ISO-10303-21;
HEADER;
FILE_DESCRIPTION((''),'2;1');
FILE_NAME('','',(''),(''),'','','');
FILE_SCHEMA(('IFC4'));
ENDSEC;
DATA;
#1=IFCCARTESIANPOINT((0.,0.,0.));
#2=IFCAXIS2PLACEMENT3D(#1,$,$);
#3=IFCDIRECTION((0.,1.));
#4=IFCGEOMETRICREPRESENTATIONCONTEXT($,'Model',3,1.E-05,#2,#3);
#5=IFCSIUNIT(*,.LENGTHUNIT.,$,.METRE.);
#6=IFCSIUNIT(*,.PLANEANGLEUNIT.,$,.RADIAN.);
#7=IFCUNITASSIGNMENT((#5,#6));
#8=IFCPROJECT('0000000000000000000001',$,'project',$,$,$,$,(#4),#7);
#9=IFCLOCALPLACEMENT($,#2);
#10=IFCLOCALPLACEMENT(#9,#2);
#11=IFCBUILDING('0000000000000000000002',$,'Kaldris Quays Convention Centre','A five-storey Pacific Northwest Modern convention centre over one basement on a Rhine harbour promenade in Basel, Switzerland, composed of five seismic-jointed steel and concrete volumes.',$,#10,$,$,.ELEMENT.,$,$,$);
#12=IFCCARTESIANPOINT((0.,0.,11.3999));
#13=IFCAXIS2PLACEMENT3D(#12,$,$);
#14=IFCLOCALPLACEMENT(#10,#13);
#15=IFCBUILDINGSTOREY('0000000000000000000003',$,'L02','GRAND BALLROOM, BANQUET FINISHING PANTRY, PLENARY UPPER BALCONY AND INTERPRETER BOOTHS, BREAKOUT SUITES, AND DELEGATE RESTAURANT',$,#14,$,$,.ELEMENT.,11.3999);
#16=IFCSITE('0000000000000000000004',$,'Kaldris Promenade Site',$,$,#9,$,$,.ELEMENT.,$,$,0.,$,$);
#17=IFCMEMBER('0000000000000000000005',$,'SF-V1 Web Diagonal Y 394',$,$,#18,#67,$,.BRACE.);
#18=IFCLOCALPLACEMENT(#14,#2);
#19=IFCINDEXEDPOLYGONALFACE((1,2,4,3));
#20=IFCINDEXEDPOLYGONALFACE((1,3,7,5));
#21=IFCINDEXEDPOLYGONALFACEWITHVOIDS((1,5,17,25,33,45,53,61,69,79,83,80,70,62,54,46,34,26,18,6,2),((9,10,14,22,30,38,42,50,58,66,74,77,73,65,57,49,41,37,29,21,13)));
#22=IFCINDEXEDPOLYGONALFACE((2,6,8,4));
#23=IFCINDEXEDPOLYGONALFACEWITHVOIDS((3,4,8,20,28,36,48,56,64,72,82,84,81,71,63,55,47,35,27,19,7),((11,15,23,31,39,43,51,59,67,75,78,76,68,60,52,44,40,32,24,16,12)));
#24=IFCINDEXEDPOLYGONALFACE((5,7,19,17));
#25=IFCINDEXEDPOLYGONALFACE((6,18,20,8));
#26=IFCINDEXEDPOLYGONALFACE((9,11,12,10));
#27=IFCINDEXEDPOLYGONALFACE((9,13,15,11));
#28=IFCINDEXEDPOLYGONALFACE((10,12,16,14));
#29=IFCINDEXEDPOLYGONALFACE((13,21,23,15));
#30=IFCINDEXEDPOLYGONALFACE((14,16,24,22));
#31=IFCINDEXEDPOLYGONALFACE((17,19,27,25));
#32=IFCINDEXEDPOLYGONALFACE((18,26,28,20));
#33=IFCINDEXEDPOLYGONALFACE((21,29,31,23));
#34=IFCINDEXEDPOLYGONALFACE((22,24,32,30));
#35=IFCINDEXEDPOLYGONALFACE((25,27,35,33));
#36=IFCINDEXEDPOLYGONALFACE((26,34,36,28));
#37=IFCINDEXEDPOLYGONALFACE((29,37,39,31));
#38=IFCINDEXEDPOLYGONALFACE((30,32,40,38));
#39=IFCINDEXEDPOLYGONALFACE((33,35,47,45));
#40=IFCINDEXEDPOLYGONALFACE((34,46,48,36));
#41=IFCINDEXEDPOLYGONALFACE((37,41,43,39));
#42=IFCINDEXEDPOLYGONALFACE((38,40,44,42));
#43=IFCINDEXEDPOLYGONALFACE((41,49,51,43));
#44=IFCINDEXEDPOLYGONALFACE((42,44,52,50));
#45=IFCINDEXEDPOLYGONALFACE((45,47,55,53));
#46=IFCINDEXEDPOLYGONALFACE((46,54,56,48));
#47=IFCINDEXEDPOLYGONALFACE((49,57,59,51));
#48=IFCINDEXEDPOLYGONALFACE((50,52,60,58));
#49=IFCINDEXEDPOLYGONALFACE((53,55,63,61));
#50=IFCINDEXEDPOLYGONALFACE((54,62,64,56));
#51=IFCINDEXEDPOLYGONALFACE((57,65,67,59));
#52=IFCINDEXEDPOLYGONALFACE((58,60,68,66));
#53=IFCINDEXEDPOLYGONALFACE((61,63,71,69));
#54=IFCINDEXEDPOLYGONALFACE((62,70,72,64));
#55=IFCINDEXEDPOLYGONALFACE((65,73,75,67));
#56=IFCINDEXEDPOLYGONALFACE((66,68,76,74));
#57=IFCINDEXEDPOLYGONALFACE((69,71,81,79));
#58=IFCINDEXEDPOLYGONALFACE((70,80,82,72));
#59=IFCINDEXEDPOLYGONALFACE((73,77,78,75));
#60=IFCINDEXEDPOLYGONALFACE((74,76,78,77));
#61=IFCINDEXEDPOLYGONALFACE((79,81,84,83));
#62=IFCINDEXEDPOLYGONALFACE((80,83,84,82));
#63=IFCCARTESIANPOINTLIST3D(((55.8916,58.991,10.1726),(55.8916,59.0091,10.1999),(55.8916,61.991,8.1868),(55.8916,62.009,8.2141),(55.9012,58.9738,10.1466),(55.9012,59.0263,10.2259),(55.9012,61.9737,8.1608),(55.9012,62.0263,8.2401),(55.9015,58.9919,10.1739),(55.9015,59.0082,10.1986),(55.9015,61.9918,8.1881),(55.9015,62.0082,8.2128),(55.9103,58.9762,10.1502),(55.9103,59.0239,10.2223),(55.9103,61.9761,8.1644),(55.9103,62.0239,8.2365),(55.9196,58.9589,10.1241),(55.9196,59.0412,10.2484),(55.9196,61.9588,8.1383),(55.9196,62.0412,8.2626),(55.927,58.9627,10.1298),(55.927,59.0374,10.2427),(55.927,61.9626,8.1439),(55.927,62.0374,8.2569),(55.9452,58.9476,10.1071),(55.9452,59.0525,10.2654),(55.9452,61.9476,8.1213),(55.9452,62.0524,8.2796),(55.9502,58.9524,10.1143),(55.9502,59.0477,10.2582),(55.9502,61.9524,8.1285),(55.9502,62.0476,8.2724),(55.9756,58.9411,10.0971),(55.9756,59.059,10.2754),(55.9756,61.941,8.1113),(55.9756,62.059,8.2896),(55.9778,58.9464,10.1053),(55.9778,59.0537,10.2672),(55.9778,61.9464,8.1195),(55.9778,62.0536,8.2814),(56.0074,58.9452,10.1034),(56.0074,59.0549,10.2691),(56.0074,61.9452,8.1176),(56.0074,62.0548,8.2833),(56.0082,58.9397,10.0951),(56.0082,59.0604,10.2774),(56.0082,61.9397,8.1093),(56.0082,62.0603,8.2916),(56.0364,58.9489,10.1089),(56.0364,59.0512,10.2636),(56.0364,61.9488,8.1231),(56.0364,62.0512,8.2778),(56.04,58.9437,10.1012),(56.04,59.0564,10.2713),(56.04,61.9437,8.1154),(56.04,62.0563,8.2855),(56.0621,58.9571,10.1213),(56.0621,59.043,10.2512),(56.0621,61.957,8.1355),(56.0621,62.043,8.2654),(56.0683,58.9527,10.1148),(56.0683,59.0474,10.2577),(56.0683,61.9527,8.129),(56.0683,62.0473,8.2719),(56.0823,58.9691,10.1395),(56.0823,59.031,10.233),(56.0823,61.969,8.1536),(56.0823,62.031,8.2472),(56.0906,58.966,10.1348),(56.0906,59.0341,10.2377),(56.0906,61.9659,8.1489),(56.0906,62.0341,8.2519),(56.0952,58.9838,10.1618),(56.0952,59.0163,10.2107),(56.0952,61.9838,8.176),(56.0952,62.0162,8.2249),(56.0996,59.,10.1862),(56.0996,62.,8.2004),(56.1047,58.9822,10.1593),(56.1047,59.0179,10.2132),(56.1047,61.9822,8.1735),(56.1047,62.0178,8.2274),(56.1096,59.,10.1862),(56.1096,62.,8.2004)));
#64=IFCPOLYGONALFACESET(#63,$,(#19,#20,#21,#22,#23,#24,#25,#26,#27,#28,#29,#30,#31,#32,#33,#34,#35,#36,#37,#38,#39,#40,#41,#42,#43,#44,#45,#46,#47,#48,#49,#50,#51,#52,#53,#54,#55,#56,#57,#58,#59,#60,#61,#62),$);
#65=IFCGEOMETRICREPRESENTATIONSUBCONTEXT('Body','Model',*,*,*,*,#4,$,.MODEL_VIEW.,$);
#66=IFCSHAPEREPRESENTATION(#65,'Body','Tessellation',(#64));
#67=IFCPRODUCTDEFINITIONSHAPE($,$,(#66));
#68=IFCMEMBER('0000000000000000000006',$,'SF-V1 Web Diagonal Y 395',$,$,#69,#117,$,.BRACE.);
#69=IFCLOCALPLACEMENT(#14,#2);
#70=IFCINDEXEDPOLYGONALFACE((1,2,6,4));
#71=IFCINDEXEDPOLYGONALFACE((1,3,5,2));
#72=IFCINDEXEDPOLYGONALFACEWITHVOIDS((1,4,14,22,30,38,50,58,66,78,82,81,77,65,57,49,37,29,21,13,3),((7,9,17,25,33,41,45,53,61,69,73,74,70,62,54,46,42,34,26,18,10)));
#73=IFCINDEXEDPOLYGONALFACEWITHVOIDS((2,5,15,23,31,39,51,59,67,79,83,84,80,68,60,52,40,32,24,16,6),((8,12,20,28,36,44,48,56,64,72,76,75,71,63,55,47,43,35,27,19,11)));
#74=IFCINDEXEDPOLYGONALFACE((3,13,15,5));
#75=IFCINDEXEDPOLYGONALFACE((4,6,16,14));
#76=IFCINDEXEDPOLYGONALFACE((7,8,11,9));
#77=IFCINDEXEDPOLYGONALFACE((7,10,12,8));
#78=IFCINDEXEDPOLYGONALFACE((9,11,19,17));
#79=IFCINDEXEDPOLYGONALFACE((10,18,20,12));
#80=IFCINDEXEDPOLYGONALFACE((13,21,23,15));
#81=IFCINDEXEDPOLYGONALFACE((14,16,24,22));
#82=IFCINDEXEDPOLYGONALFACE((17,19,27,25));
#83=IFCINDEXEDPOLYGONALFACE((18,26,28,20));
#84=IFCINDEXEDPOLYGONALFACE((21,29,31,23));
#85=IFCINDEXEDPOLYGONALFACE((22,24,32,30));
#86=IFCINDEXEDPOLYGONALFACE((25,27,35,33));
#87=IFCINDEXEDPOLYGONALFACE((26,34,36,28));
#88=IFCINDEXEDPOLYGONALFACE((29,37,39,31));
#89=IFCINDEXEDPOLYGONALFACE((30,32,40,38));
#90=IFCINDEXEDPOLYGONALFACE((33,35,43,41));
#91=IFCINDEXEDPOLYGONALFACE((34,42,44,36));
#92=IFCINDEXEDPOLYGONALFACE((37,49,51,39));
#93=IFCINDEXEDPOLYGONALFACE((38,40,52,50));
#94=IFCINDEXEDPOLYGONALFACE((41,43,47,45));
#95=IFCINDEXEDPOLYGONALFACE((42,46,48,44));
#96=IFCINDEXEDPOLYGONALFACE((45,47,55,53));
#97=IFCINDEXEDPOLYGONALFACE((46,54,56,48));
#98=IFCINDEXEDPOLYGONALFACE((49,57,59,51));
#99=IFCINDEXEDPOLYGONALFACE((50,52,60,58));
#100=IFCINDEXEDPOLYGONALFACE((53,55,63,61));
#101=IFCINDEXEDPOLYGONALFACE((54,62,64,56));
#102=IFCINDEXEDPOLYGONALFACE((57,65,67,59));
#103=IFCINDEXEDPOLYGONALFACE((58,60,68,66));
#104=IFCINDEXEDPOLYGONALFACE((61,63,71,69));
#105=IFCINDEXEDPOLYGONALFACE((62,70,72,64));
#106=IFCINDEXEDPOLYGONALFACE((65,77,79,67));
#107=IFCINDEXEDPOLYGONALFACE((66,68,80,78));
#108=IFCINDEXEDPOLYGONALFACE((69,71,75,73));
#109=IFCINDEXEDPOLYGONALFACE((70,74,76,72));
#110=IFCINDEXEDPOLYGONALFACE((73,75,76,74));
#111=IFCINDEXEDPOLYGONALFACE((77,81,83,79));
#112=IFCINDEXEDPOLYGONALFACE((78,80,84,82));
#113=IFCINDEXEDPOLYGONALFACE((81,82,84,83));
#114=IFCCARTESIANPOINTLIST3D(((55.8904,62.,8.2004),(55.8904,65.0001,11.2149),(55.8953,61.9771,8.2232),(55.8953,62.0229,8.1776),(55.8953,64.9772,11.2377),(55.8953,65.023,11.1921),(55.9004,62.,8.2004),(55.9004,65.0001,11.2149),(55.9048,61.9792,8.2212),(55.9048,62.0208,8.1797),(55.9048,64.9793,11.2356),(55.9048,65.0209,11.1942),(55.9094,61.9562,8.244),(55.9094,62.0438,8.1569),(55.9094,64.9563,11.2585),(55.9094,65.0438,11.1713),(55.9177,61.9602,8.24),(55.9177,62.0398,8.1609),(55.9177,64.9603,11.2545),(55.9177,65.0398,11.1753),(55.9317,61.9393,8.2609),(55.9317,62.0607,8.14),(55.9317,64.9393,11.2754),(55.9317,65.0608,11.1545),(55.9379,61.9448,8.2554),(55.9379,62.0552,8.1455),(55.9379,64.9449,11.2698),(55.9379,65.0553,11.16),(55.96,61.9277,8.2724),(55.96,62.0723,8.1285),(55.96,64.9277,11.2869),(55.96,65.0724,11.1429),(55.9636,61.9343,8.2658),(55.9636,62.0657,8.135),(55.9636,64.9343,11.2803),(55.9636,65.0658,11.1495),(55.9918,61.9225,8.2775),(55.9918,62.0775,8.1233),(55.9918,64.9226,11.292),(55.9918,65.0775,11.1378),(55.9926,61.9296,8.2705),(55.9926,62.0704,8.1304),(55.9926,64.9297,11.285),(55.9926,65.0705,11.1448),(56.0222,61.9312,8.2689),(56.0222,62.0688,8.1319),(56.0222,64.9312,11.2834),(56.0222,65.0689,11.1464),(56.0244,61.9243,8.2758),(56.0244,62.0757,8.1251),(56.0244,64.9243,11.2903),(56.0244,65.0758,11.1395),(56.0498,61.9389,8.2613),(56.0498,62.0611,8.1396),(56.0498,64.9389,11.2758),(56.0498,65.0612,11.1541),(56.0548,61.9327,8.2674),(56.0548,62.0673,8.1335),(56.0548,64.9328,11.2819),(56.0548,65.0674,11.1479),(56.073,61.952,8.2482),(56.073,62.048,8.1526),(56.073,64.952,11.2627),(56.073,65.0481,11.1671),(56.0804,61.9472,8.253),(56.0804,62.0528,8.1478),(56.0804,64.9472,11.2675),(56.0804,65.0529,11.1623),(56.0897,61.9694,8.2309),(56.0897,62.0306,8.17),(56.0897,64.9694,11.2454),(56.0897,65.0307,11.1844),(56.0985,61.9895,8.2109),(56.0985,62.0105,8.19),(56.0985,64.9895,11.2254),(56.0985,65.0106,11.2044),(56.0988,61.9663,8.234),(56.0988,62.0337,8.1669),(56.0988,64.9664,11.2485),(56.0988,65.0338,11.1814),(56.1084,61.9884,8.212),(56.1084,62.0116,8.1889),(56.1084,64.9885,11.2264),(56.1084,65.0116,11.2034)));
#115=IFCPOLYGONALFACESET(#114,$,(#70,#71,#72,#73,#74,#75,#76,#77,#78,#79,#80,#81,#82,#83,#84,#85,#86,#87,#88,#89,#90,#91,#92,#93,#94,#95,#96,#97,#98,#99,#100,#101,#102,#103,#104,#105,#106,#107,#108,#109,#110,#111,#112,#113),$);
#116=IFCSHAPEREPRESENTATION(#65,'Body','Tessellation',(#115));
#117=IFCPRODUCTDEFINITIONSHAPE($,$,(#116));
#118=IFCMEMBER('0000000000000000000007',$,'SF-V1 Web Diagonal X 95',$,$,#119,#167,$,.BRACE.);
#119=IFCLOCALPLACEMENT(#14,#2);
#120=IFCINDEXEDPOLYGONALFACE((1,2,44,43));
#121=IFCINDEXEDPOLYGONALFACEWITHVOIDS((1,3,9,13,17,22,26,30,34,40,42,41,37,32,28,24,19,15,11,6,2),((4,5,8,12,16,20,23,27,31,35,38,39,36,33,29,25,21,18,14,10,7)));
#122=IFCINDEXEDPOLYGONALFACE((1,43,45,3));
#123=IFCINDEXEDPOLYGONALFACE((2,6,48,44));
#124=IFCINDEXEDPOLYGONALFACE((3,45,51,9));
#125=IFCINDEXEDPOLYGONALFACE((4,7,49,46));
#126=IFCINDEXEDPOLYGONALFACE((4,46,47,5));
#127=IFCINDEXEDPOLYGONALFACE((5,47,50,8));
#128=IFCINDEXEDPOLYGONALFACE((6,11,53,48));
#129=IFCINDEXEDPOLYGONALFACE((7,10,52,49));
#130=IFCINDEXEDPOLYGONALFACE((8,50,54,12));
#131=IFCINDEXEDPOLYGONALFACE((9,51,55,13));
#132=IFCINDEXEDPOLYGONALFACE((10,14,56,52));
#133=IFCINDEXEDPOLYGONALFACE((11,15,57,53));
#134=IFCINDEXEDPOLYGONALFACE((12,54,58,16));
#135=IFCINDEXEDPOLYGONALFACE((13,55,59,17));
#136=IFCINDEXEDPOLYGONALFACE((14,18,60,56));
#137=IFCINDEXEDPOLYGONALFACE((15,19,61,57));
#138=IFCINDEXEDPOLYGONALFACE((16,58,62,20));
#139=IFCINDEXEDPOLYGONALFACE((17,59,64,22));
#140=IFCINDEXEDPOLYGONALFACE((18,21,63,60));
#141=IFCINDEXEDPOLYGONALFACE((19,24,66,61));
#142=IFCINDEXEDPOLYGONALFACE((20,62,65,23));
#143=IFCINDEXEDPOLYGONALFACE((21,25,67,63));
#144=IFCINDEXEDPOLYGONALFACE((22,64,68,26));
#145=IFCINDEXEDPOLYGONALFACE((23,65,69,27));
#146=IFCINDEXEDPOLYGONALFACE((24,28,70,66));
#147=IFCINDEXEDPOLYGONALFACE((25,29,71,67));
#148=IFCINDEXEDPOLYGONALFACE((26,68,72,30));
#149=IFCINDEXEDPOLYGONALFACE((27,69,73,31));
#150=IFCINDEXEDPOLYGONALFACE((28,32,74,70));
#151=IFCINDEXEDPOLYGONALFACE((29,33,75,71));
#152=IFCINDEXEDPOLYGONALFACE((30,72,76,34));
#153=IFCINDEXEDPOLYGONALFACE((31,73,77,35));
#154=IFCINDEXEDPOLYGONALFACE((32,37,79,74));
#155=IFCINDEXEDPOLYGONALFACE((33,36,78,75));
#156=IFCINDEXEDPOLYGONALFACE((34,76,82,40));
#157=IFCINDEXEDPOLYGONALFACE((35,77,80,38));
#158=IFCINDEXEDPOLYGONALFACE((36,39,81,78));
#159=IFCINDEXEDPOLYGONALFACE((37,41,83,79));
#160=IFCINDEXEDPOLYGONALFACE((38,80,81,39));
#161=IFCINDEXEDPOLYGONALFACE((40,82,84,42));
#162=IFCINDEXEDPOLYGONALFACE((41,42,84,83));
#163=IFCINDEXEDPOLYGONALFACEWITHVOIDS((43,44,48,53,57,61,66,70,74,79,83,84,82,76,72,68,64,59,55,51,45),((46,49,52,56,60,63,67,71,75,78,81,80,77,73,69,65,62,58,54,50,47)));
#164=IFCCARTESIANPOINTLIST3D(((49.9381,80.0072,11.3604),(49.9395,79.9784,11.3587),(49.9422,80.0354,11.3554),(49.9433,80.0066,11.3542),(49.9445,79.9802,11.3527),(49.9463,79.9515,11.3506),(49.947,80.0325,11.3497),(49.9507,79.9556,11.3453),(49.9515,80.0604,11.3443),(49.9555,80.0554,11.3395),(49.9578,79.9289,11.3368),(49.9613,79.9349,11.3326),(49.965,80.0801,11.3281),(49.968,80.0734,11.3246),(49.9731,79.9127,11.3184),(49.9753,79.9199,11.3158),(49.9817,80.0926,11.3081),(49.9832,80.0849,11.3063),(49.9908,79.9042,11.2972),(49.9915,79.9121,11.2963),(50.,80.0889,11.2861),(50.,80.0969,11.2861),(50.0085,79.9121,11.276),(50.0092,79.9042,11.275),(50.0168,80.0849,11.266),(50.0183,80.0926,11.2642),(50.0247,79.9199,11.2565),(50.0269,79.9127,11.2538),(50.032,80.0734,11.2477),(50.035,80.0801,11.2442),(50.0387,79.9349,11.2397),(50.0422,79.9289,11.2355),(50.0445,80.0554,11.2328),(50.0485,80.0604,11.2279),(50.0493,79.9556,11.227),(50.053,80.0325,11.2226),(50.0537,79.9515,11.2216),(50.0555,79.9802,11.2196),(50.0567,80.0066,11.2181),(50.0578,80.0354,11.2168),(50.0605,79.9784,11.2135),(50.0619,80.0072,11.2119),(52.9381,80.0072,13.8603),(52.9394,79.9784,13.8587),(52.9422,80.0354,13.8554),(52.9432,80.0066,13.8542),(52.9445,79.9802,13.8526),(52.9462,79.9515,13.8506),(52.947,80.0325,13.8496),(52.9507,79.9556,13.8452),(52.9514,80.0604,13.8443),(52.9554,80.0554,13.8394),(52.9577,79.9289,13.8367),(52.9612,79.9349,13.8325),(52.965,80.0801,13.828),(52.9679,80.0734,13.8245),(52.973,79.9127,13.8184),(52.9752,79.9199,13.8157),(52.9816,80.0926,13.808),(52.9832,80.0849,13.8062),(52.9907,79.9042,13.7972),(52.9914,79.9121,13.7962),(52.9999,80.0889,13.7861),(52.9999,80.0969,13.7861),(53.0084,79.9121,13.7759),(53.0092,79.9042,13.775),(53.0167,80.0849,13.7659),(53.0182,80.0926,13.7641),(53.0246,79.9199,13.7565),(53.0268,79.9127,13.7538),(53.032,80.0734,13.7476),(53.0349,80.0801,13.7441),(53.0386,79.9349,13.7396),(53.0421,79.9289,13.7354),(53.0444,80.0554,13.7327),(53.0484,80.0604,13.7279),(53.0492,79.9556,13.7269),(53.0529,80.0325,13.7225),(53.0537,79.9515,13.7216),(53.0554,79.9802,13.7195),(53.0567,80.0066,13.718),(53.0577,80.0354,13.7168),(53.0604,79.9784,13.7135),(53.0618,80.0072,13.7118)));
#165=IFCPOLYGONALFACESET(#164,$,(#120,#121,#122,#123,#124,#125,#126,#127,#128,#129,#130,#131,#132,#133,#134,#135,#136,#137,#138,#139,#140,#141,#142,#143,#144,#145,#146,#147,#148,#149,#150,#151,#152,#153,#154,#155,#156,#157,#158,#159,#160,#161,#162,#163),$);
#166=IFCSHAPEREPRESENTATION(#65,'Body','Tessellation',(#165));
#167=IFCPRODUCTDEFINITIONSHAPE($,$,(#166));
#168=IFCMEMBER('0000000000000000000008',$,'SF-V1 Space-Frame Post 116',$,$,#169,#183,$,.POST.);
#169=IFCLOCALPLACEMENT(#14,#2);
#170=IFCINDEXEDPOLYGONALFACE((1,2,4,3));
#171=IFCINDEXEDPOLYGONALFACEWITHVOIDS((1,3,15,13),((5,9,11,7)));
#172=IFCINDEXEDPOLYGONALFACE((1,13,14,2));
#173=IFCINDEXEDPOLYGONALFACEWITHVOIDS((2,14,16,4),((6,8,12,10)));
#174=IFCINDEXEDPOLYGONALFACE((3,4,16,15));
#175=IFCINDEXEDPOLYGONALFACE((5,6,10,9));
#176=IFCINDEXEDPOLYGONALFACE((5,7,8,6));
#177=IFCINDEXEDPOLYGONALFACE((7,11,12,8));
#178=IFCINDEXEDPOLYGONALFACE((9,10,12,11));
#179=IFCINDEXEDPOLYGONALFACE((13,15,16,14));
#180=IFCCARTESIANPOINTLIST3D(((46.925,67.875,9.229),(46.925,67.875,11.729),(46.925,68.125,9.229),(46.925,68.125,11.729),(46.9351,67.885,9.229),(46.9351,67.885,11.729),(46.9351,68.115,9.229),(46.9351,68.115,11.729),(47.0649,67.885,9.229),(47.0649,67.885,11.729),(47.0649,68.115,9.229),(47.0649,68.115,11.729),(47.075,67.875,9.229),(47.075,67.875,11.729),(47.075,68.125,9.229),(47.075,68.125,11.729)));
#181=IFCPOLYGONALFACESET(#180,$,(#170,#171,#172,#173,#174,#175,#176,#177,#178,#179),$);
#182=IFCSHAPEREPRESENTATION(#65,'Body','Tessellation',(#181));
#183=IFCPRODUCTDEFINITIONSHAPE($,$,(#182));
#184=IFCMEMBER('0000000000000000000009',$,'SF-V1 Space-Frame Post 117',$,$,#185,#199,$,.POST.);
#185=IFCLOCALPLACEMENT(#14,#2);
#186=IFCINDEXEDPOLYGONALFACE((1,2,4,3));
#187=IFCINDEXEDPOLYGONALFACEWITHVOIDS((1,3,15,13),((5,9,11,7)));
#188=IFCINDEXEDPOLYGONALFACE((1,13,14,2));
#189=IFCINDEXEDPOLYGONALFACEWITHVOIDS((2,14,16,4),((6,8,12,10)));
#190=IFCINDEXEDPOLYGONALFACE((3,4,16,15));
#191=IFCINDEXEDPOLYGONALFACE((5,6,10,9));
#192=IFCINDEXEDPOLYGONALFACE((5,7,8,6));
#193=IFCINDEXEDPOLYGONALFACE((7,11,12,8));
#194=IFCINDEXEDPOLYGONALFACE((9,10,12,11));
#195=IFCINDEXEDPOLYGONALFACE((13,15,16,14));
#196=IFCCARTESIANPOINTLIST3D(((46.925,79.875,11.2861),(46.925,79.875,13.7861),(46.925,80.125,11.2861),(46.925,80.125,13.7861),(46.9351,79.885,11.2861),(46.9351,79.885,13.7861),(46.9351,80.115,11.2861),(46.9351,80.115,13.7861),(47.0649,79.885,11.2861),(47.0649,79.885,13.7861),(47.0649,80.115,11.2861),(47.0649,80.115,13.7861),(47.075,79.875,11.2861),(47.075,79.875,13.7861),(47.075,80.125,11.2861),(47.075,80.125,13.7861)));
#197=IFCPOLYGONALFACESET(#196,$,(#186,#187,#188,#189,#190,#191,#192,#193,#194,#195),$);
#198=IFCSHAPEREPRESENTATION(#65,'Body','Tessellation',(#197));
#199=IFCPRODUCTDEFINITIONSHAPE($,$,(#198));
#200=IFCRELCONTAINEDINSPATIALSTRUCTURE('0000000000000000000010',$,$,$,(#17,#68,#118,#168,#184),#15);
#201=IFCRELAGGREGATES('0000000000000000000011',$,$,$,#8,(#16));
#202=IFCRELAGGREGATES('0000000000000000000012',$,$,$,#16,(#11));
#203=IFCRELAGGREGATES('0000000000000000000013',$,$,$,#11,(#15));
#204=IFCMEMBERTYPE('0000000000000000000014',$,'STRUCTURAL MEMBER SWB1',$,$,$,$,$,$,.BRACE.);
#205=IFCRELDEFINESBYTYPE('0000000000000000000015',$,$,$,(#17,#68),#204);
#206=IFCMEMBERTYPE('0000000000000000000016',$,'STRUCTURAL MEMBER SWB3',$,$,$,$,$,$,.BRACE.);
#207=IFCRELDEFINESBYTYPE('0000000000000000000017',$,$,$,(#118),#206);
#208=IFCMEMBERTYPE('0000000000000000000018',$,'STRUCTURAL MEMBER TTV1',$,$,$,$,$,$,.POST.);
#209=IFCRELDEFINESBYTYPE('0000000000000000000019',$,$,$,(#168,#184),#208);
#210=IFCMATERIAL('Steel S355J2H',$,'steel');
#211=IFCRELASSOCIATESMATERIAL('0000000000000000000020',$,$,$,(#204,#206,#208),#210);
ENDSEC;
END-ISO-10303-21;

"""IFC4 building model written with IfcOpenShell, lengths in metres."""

from ifc_helpers import new_model, si_unit, direction, frame, origin, origin_2d, place, context, subcontext, project, spatial, hollow_rectangle, hollow_circle, extrude, material, material_profile, profile_set, type_object, element, save


model = new_model("IFC4")

# Units and contexts
model_context = context("Model", 3, precision=1e-05, world=origin(), true_north=direction((0.0, 1.0)))
body_context = subcontext(model_context, "Body", "Model", "MODEL_VIEW")
ifc_project = project(units=[si_unit("LENGTHUNIT", "METRE"), si_unit("PLANEANGLEUNIT", "RADIAN")], contexts=[model_context])

# Site, building, storey
site_placement = place(None, origin())
site = spatial("IfcSite", under=ifc_project, at=site_placement, Name="Kaldris Promenade Site", CompositionType="ELEMENT", RefElevation=0.0)
building_placement = place(site_placement, origin())
building = spatial("IfcBuilding", under=site, at=building_placement, Name="Kaldris Quays Convention Centre", Description="A five-storey Pacific Northwest Modern convention centre over one basement on a Rhine harbour promenade in Basel, Switzerland, composed of five seismic-jointed steel and concrete volumes.", CompositionType="ELEMENT")
storey_placement = place(building_placement, frame((0.0, 0.0, 11.3999)))
storey = spatial("IfcBuildingStorey", under=building, at=storey_placement, Name="L02", Description="GRAND BALLROOM, BANQUET FINISHING PANTRY, PLENARY UPPER BALCONY AND INTERPRETER BOOTHS, BREAKOUT SUITES, AND DELEGATE RESTAURANT", CompositionType="ELEMENT", Elevation=11.3999)

# Members
ifc_material_1 = material(Name="Steel S355J2H", Category="steel")
ifc_material_profile_1 = material_profile(ifc_material_1, hollow_circle(Radius=0.1096, WallThickness=0.01, at=origin_2d()), Name="CHS 219.1x10")
ifc_profile_set_1 = profile_set([ifc_material_profile_1], Name="Steel S355J2H")
member_type_1 = type_object("IfcMemberType", Name="STRUCTURAL MEMBER SWB1", PredefinedType="BRACE", material=ifc_profile_set_1)
member_1_placement = place(storey_placement, frame((56.0, 62.0, 8.2004), z_axis=(0.0, -0.833862, 0.551972), x_axis=(1.0, 0.0, 0.0)))
element("IfcMember", 1, at=member_1_placement, inside=storey, type_object=member_type_1, Name="SF-V1 Web Diagonal Y 394", PredefinedType="BRACE", context=body_context, shape_type="SweptSolid", body=[
    extrude(hollow_circle(Radius=0.1096, WallThickness=0.01, at=origin_2d()), origin(), (0.0, 0.0, 1.0), 3.5977),
])
member_2_placement = place(storey_placement, frame((56.0, 62.0, 8.2004), z_axis=(0.0, 0.705411, 0.708798), x_axis=(-1.0, 0.0, 0.0)))
element("IfcMember", 2, at=member_2_placement, inside=storey, type_object=member_type_1, Name="SF-V1 Web Diagonal Y 395", PredefinedType="BRACE", context=body_context, shape_type="SweptSolid", body=[
    extrude(hollow_circle(Radius=0.1096, WallThickness=0.01, at=origin_2d()), origin(), (0.0, 0.0, 1.0), 4.2529),
])
ifc_material_profile_2 = material_profile(ifc_material_1, hollow_circle(Radius=0.0969, WallThickness=0.0081, at=origin_2d()), Name="CHS 193.7x8")
ifc_profile_set_2 = profile_set([ifc_material_profile_2], Name="Steel S355J2H")
member_type_2 = type_object("IfcMemberType", Name="STRUCTURAL MEMBER SWB3", PredefinedType="BRACE", material=ifc_profile_set_2)
member_3_placement = place(storey_placement, frame((50.0, 80.0, 11.2861), z_axis=(0.768221, 0.0, 0.640184), x_axis=(0.0, 1.0, 0.0)))
element("IfcMember", 3, at=member_3_placement, inside=storey, type_object=member_type_2, Name="SF-V1 Web Diagonal X 95", PredefinedType="BRACE", context=body_context, shape_type="SweptSolid", body=[
    extrude(hollow_circle(Radius=0.0969, WallThickness=0.0081, at=origin_2d()), origin(), (0.0, 0.0, 1.0), 3.905),
])
ifc_material_profile_3 = material_profile(ifc_material_1, hollow_rectangle(XDim=0.1499, YDim=0.25, WallThickness=0.01, at=origin_2d()), Name="RHS 250x150x10")
ifc_profile_set_3 = profile_set([ifc_material_profile_3], Name="Steel S355J2H")
member_type_3 = type_object("IfcMemberType", Name="STRUCTURAL MEMBER TTV1", PredefinedType="POST", material=ifc_profile_set_3)
for number, where, z_axis, x_axis, name in (
    (4, (47.0, 68.0, 9.229), (0.0, 0.0, 1.0), (1.0, 0.0, 0.0), "SF-V1 Space-Frame Post 116"),
    (5, (47.0, 80.0, 11.2861), (0.0, 0.0, 1.0), (1.0, 0.0, 0.0), "SF-V1 Space-Frame Post 117"),
):
    element("IfcMember", number, at=place(storey_placement, frame(where, z_axis=z_axis, x_axis=x_axis)), inside=storey, type_object=member_type_3, Name=name, PredefinedType="POST", context=body_context, shape_type="SweptSolid", body=[
        extrude(hollow_rectangle(XDim=0.1499, YDim=0.25, WallThickness=0.01, at=origin_2d()), origin(), (0.0, 0.0, 1.0), 2.5),
    ])

save(model, "model.ifc")
